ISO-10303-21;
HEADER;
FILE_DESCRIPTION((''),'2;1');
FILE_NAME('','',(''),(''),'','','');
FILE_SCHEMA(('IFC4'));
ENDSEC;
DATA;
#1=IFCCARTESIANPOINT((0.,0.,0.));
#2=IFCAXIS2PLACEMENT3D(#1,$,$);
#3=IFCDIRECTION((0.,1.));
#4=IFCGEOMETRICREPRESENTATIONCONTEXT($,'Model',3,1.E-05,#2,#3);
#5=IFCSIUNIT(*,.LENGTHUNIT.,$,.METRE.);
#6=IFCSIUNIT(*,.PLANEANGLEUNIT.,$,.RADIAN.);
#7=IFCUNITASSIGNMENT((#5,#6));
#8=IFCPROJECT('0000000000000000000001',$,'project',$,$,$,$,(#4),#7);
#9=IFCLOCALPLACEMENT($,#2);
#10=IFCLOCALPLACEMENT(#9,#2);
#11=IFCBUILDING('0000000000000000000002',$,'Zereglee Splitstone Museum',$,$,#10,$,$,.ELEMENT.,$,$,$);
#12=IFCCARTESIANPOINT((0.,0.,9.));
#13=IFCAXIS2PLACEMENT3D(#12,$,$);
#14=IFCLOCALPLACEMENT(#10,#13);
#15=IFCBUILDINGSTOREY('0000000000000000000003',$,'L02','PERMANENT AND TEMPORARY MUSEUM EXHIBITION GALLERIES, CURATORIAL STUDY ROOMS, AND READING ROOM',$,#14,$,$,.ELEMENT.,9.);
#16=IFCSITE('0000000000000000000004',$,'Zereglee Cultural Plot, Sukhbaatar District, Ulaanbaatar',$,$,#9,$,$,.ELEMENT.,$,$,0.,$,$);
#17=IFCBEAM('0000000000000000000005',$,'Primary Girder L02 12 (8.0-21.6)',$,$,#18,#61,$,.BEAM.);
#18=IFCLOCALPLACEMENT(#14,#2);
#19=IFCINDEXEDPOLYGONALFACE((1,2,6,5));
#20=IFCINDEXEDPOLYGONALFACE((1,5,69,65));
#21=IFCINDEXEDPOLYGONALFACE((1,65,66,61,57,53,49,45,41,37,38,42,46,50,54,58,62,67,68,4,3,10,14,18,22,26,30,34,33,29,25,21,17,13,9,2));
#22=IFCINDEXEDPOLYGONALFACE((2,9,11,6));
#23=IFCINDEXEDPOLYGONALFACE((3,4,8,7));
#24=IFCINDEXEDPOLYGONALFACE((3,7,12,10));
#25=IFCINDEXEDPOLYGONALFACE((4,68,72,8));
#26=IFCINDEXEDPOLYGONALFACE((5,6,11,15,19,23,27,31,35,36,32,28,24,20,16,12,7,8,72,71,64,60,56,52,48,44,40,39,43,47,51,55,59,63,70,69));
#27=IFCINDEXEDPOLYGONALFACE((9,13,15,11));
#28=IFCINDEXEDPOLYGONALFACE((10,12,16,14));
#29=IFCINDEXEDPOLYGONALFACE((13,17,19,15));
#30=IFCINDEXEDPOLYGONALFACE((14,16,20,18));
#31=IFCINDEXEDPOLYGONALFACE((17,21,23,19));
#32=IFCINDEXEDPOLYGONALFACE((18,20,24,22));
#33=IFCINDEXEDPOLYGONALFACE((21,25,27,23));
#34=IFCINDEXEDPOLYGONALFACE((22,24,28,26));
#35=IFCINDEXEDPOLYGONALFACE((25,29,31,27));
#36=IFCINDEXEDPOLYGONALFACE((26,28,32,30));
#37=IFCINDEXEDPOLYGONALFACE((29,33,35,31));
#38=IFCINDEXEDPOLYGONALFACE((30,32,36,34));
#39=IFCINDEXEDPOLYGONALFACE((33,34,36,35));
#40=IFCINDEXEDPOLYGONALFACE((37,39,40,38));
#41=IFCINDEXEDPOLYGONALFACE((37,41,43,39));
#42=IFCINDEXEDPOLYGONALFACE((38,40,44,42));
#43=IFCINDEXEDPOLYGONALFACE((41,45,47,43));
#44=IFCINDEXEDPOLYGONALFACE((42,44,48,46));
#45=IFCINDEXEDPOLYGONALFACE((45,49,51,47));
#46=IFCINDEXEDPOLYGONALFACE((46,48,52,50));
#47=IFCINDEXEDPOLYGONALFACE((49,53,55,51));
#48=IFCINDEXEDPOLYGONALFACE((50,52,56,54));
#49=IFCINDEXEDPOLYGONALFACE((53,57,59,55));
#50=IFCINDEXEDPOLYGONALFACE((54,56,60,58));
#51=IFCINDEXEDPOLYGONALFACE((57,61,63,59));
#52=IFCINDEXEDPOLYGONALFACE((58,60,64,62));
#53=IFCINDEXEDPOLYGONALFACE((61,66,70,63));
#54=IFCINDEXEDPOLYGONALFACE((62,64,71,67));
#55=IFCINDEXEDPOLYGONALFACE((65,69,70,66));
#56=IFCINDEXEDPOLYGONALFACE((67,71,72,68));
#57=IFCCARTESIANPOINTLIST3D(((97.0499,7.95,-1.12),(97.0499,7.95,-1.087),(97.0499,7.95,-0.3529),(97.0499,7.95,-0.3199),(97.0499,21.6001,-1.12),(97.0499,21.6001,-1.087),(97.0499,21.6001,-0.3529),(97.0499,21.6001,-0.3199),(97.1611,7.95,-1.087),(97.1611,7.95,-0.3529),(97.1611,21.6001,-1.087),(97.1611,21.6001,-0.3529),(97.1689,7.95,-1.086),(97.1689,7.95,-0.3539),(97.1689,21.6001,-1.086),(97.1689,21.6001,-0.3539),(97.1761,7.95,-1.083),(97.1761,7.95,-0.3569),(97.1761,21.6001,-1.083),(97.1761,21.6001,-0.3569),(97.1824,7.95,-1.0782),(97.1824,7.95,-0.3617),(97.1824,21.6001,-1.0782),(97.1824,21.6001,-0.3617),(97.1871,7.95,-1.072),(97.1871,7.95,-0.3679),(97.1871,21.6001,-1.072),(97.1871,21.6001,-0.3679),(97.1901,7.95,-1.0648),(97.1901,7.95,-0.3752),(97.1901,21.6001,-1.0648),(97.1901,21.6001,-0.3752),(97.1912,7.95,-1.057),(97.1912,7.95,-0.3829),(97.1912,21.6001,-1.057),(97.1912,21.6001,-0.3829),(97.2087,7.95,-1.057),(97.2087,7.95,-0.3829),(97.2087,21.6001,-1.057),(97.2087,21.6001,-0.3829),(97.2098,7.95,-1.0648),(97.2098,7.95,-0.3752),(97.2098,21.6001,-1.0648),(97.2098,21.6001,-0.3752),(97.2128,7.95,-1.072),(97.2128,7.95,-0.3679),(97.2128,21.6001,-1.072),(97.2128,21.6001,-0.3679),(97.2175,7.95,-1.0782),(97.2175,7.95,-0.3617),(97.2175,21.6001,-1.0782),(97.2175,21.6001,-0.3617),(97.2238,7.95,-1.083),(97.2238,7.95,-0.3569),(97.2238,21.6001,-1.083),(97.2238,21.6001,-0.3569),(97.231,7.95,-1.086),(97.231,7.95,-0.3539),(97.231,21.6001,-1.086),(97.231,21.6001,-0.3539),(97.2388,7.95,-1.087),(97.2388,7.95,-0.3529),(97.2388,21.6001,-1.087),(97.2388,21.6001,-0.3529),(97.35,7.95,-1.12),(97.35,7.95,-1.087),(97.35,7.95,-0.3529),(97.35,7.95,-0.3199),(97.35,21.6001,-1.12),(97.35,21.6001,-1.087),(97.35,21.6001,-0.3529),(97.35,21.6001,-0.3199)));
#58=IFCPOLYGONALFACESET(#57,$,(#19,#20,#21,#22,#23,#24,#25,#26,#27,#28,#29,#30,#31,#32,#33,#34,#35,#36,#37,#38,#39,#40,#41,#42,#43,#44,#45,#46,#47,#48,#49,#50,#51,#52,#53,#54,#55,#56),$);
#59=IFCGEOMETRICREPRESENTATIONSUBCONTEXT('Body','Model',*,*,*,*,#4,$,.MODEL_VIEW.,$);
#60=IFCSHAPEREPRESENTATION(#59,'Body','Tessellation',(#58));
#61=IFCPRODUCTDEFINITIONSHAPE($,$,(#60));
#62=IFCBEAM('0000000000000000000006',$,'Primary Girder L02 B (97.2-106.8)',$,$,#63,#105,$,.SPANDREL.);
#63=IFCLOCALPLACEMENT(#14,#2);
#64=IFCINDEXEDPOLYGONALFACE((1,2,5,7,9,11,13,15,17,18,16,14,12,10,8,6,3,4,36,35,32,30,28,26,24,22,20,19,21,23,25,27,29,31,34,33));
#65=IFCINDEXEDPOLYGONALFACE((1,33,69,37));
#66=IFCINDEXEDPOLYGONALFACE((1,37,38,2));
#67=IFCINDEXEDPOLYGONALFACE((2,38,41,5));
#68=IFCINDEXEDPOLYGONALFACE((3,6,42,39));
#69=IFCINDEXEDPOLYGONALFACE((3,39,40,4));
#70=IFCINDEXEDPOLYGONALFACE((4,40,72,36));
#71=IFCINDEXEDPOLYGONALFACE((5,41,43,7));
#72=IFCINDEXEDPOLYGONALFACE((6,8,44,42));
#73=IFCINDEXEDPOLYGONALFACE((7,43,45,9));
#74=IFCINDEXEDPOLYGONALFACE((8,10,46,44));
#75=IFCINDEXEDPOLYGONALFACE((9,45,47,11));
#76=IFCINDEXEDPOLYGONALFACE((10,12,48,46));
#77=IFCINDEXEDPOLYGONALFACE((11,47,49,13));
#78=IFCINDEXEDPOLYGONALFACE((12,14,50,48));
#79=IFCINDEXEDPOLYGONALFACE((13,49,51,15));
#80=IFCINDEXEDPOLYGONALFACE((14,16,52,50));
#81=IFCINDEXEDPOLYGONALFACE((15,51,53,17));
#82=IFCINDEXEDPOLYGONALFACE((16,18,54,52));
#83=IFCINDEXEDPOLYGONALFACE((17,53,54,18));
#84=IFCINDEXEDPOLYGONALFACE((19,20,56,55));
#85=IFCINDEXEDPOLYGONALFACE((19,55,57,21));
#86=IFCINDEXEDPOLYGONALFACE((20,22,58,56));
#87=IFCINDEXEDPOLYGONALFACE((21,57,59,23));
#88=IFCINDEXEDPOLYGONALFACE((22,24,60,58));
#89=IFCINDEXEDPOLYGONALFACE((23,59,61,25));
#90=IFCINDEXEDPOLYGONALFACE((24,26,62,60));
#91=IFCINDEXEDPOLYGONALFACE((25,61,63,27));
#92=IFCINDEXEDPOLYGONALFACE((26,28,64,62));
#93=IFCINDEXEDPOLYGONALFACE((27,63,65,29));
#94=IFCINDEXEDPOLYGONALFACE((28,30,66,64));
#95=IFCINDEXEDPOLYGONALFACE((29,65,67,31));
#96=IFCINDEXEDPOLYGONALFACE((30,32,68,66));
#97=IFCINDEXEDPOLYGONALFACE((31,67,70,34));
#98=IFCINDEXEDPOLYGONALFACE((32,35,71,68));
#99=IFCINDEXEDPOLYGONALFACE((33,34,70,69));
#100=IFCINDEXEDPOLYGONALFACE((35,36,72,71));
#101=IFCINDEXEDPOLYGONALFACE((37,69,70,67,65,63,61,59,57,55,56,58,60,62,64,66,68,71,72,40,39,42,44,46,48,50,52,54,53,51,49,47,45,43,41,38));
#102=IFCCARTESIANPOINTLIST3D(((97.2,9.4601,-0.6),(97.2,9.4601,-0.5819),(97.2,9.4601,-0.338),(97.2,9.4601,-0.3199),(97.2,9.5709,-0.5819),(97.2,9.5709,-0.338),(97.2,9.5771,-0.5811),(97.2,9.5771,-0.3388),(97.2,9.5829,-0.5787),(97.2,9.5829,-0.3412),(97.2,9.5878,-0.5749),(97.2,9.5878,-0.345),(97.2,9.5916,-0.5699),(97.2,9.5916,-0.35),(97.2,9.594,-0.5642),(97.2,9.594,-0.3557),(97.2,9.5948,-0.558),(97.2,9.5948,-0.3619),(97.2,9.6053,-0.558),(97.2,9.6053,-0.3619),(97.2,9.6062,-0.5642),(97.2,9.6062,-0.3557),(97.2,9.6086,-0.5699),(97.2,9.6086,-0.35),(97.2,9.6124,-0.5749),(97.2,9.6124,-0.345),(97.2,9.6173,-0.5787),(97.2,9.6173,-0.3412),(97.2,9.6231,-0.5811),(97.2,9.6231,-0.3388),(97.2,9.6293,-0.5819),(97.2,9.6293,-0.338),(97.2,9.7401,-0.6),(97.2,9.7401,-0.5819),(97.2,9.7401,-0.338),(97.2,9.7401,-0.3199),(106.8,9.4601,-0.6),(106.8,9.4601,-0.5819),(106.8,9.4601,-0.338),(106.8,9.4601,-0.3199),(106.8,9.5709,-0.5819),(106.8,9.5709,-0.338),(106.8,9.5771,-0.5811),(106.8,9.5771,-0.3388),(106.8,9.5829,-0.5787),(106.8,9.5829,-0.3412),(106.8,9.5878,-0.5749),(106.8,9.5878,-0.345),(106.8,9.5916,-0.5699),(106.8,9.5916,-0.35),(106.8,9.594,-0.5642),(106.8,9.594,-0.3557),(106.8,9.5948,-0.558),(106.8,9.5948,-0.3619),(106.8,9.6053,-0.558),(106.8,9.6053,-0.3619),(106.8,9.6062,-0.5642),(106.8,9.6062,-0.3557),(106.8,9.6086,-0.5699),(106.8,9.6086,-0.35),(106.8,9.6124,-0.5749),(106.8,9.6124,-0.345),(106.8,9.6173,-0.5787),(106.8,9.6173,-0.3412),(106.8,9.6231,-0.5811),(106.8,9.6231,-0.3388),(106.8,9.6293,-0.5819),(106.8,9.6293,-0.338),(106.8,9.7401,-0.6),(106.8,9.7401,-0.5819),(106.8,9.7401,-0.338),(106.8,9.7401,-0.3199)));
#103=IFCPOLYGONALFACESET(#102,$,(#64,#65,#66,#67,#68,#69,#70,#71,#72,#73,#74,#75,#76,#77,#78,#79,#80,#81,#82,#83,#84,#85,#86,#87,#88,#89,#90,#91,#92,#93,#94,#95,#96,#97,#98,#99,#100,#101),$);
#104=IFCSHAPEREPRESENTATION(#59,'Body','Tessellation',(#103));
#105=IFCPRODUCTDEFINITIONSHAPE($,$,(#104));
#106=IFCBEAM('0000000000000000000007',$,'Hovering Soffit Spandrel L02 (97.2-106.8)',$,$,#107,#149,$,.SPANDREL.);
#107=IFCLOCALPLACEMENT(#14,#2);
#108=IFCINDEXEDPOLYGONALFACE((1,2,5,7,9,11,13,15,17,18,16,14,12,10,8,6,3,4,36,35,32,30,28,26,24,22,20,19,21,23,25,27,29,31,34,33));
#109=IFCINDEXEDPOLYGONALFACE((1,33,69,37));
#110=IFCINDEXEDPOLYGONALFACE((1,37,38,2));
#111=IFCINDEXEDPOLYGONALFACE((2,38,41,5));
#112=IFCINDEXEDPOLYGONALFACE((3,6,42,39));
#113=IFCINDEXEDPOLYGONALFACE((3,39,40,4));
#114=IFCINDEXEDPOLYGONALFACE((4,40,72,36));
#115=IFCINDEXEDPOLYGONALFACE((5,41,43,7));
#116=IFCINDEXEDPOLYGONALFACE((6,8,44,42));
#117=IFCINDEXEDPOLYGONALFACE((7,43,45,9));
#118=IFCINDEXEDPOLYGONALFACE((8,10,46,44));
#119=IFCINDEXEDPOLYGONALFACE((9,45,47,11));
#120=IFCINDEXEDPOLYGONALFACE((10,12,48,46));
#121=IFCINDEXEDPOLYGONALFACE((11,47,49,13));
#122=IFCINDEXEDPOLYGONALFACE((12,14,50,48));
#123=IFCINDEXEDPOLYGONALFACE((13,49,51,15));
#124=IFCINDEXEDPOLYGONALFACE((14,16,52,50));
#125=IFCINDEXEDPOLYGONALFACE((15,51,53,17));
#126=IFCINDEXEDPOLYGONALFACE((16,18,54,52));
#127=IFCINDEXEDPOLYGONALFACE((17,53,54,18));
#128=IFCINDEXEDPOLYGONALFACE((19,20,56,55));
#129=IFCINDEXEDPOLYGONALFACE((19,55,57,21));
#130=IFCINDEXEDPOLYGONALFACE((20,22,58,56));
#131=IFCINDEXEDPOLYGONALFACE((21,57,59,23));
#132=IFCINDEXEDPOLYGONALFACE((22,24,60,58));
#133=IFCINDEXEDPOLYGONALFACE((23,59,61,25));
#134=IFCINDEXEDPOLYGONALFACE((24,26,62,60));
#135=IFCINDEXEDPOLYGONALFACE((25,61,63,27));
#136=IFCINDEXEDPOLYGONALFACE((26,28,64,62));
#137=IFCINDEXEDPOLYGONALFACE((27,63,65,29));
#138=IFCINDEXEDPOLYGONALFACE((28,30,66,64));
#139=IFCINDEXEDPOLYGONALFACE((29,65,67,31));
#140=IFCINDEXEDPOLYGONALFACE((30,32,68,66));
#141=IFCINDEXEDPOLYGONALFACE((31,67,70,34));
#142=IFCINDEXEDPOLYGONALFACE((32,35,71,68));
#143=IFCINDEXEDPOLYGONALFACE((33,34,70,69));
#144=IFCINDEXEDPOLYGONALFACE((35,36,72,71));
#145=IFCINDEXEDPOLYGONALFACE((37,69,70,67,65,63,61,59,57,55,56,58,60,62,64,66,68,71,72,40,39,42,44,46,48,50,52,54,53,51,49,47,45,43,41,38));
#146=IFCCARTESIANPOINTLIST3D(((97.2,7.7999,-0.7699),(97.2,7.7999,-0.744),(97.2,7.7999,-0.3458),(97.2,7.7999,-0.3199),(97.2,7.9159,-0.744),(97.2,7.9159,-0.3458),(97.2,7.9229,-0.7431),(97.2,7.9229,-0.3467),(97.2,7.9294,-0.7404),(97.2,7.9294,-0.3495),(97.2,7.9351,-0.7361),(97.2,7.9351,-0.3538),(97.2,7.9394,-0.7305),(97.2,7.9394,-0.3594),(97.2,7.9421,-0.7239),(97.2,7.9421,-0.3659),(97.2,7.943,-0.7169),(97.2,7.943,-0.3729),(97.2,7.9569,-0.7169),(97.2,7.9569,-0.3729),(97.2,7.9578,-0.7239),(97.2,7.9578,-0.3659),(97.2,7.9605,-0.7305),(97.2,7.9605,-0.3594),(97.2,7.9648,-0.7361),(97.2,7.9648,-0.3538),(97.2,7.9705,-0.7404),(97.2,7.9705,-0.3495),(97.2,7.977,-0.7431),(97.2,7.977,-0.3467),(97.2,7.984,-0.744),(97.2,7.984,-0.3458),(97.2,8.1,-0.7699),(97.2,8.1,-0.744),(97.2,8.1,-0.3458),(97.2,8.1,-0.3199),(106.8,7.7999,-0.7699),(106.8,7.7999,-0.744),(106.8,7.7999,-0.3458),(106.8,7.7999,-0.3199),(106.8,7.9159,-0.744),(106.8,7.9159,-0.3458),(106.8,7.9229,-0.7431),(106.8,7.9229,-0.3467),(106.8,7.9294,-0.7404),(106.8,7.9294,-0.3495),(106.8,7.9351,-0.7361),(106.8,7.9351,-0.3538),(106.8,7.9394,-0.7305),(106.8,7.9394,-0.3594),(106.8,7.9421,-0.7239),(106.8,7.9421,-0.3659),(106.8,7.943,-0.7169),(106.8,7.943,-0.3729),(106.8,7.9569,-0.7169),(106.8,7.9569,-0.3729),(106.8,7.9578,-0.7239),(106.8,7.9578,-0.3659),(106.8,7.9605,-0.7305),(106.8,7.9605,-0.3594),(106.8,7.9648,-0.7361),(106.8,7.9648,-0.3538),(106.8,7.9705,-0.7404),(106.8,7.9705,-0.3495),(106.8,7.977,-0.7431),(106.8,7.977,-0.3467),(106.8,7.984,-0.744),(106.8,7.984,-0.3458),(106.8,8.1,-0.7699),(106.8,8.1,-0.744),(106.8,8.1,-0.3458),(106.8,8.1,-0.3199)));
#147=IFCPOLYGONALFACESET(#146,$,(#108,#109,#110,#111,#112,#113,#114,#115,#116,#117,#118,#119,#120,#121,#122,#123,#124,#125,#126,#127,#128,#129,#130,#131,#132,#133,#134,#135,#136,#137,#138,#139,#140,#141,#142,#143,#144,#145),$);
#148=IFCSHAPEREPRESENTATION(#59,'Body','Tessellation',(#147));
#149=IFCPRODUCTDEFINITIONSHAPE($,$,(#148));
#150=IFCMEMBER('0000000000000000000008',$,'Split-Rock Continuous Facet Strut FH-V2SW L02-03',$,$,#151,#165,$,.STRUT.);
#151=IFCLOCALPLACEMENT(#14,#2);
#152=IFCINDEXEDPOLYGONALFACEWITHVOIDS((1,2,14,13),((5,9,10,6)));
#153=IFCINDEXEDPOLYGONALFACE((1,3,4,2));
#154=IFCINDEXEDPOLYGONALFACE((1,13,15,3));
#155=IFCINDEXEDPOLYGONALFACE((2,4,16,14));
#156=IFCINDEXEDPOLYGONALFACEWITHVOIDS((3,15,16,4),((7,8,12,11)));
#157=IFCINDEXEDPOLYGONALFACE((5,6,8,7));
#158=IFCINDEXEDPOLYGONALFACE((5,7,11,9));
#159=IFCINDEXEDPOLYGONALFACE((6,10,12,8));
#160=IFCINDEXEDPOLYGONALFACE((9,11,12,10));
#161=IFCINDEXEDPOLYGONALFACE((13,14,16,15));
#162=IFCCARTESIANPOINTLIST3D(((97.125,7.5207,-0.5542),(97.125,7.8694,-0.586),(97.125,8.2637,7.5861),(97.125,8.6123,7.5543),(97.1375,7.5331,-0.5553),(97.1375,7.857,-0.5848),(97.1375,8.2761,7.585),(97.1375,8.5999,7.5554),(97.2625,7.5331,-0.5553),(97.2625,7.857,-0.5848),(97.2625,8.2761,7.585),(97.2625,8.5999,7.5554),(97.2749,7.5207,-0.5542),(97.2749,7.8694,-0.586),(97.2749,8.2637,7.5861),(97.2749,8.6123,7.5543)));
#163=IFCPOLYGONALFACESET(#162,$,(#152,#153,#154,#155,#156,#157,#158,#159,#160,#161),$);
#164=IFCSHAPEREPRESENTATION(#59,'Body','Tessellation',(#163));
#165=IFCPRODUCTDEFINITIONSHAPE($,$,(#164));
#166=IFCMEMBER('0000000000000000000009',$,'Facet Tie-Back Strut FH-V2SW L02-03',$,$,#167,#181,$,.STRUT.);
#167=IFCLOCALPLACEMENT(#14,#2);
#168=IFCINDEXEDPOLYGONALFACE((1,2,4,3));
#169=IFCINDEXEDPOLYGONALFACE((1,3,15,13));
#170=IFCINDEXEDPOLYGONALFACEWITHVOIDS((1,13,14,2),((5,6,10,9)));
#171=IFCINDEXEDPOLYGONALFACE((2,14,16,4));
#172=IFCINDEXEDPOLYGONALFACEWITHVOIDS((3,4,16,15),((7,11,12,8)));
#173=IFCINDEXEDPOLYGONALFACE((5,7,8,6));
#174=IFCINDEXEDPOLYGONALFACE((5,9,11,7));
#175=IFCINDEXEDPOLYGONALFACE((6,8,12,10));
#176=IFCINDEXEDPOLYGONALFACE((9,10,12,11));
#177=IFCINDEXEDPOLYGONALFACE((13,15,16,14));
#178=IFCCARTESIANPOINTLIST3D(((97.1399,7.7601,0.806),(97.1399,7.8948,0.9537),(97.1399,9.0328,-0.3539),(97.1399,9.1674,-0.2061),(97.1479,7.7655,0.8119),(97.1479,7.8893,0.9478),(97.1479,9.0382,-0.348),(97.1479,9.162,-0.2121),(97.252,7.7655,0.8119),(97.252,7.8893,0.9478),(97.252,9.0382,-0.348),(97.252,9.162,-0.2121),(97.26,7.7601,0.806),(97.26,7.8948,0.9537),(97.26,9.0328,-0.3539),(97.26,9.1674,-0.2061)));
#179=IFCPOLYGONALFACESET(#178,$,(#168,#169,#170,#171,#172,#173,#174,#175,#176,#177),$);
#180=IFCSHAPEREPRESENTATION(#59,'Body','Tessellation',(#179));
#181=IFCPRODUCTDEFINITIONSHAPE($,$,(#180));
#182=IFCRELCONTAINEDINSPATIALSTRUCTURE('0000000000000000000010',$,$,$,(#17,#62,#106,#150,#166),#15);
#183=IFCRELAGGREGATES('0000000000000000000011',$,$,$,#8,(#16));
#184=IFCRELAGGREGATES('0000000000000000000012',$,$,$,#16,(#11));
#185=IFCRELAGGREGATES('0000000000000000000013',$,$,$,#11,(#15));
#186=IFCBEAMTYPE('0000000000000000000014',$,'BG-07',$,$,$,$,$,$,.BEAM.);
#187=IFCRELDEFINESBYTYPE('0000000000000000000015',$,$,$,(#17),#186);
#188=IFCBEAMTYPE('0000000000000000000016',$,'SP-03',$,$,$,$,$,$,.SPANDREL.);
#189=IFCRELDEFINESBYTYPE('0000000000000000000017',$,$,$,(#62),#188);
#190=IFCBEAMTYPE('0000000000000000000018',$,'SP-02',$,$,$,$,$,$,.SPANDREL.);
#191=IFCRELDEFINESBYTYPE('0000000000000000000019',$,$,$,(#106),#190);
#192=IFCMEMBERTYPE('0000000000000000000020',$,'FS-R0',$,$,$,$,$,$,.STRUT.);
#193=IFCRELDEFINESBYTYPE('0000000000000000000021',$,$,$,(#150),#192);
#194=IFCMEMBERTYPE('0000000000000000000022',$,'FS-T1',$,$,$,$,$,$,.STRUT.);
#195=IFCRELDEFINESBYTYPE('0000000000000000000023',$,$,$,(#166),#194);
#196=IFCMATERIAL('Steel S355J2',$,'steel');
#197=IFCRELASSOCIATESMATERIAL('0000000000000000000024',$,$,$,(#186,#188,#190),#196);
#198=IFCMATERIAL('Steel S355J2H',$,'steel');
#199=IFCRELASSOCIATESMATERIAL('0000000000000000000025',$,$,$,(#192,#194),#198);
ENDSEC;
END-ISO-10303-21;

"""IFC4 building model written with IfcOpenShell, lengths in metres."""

from ifc_helpers import new_model, si_unit, direction, frame, origin, origin_2d, place, context, subcontext, project, spatial, hollow_rectangle, i_section, extrude, material, material_profile, profile_set, type_object, element, save


model = new_model("IFC4")

# Units and contexts
model_context = context("Model", 3, precision=1e-05, world=origin(), true_north=direction((0.0, 1.0)))
body_context = subcontext(model_context, "Body", "Model", "MODEL_VIEW")
ifc_project = project(units=[si_unit("LENGTHUNIT", "METRE"), si_unit("PLANEANGLEUNIT", "RADIAN")], contexts=[model_context])

# Site, building, storey
site_placement = place(None, origin())
site = spatial("IfcSite", under=ifc_project, at=site_placement, Name="Zereglee Cultural Plot, Sukhbaatar District, Ulaanbaatar", CompositionType="ELEMENT", RefElevation=0.0)
building_placement = place(site_placement, origin())
building = spatial("IfcBuilding", under=site, at=building_placement, Name="Zereglee Splitstone Museum", CompositionType="ELEMENT")
storey_placement = place(building_placement, frame((0.0, 0.0, 9.0)))
storey = spatial("IfcBuildingStorey", under=building, at=storey_placement, Name="L02", Description="PERMANENT AND TEMPORARY MUSEUM EXHIBITION GALLERIES, CURATORIAL STUDY ROOMS, AND READING ROOM", CompositionType="ELEMENT", Elevation=9.0)

# Shared definitions
ifc_material_1 = material(Name="Steel S355J2H", Category="steel")

# Shared definitions
ifc_material_2 = material(Name="Steel S355J2", Category="steel")

# Beams
ifc_material_profile_1 = material_profile(ifc_material_2, i_section(OverallWidth=0.3, OverallDepth=0.8, WebThickness=0.0176, FlangeThickness=0.033, FilletRadius=0.03, at=origin_2d()), Name="HE 800 B")
ifc_profile_set_1 = profile_set([ifc_material_profile_1], Name="Steel S355J2")
beam_type_1 = type_object("IfcBeamType", Name="BG-07", PredefinedType="BEAM", material=ifc_profile_set_1)
beam_1_placement = place(storey_placement, frame((97.2, 7.95, -0.72), z_axis=(0.0, 1.0, 0.0), x_axis=(-1.0, 0.0, 0.0)))
element("IfcBeam", 1, at=beam_1_placement, inside=storey, type_object=beam_type_1, Name="Primary Girder L02 12 (8.0-21.6)", PredefinedType="BEAM", context=body_context, shape_type="SweptSolid", body=[
    extrude(i_section(OverallWidth=0.3, OverallDepth=0.8, WebThickness=0.0176, FlangeThickness=0.033, FilletRadius=0.03, at=origin_2d()), origin(), (0.0, 0.0, 1.0), 13.6501),
])
ifc_material_profile_2 = material_profile(ifc_material_2, i_section(OverallWidth=0.28, OverallDepth=0.28, WebThickness=0.0105, FlangeThickness=0.0181, FilletRadius=0.0239, at=origin_2d()), Name="HE 280 B")
ifc_profile_set_2 = profile_set([ifc_material_profile_2], Name="Steel S355J2")
beam_type_2 = type_object("IfcBeamType", Name="SP-03", PredefinedType="SPANDREL", material=ifc_profile_set_2)
beam_2_placement = place(storey_placement, frame((97.2, 9.6001, -0.46), z_axis=(1.0, 0.0, 0.0), x_axis=(0.0, 1.0, 0.0)))
element("IfcBeam", 2, at=beam_2_placement, inside=storey, type_object=beam_type_2, Name="Primary Girder L02 B (97.2-106.8)", PredefinedType="SPANDREL", context=body_context, shape_type="SweptSolid", body=[
    extrude(i_section(OverallWidth=0.28, OverallDepth=0.28, WebThickness=0.0105, FlangeThickness=0.0181, FilletRadius=0.0239, at=origin_2d()), origin(), (0.0, 0.0, 1.0), 9.6001),
])
ifc_material_profile_3 = material_profile(ifc_material_2, i_section(OverallWidth=0.3, OverallDepth=0.45, WebThickness=0.0139, FlangeThickness=0.0259, FilletRadius=0.0271, at=origin_2d()), Name="HE 450 B")
ifc_profile_set_3 = profile_set([ifc_material_profile_3], Name="Steel S355J2")
beam_type_3 = type_object("IfcBeamType", Name="SP-02", PredefinedType="SPANDREL", material=ifc_profile_set_3)
beam_3_placement = place(storey_placement, frame((97.2, 7.95, -0.5449), z_axis=(1.0, 0.0, 0.0), x_axis=(0.0, 1.0, 0.0)))
element("IfcBeam", 3, at=beam_3_placement, inside=storey, type_object=beam_type_3, Name="Hovering Soffit Spandrel L02 (97.2-106.8)", PredefinedType="SPANDREL", context=body_context, shape_type="SweptSolid", body=[
    extrude(i_section(OverallWidth=0.3, OverallDepth=0.45, WebThickness=0.0139, FlangeThickness=0.0259, FilletRadius=0.0271, at=origin_2d()), origin(), (0.0, 0.0, 1.0), 9.6001),
])

# Members
ifc_material_profile_4 = material_profile(ifc_material_1, hollow_rectangle(XDim=0.1499, YDim=0.3501, WallThickness=0.0125, at=origin_2d()), Name="RHS 350x150x12.5")
ifc_profile_set_4 = profile_set([ifc_material_profile_4], Name="Steel S355J2H")
member_type_1 = type_object("IfcMemberType", Name="FS-R0", PredefinedType="STRUT", material=ifc_profile_set_4)
member_1_placement = place(storey_placement, frame((97.2, 7.6951, -0.5701), z_axis=(0.0, 0.090889, 0.995861), x_axis=(-1.0, 0.0, 0.0)))
element("IfcMember", 4, at=member_1_placement, inside=storey, type_object=member_type_1, Name="Split-Rock Continuous Facet Strut FH-V2SW L02-03", PredefinedType="STRUT", context=body_context, shape_type="SweptSolid", body=[
    extrude(hollow_rectangle(XDim=0.1499, YDim=0.3501, WallThickness=0.0125, at=origin_2d()), origin(), (0.0, 0.0, 1.0), 8.1741),
])
ifc_material_profile_5 = material_profile(ifc_material_1, hollow_rectangle(XDim=0.1201, YDim=0.2, WallThickness=0.0081, at=origin_2d()), Name="RHS 200x120x8")
ifc_profile_set_5 = profile_set([ifc_material_profile_5], Name="Steel S355J2H")
member_type_2 = type_object("IfcMemberType", Name="FS-T1", PredefinedType="STRUT", material=ifc_profile_set_5)
member_2_placement = place(storey_placement, frame((97.2, 9.1001, -0.28), z_axis=(0.0, -0.739099, 0.673597), x_axis=(1.0, 0.0, 0.0)))
element("IfcMember", 5, at=member_2_placement, inside=storey, type_object=member_type_2, Name="Facet Tie-Back Strut FH-V2SW L02-03", PredefinedType="STRUT", context=body_context, shape_type="SweptSolid", body=[
    extrude(hollow_rectangle(XDim=0.1201, YDim=0.2, WallThickness=0.0081, at=origin_2d()), origin(), (0.0, 0.0, 1.0), 1.7219),
])

save(model, "model.ifc")
